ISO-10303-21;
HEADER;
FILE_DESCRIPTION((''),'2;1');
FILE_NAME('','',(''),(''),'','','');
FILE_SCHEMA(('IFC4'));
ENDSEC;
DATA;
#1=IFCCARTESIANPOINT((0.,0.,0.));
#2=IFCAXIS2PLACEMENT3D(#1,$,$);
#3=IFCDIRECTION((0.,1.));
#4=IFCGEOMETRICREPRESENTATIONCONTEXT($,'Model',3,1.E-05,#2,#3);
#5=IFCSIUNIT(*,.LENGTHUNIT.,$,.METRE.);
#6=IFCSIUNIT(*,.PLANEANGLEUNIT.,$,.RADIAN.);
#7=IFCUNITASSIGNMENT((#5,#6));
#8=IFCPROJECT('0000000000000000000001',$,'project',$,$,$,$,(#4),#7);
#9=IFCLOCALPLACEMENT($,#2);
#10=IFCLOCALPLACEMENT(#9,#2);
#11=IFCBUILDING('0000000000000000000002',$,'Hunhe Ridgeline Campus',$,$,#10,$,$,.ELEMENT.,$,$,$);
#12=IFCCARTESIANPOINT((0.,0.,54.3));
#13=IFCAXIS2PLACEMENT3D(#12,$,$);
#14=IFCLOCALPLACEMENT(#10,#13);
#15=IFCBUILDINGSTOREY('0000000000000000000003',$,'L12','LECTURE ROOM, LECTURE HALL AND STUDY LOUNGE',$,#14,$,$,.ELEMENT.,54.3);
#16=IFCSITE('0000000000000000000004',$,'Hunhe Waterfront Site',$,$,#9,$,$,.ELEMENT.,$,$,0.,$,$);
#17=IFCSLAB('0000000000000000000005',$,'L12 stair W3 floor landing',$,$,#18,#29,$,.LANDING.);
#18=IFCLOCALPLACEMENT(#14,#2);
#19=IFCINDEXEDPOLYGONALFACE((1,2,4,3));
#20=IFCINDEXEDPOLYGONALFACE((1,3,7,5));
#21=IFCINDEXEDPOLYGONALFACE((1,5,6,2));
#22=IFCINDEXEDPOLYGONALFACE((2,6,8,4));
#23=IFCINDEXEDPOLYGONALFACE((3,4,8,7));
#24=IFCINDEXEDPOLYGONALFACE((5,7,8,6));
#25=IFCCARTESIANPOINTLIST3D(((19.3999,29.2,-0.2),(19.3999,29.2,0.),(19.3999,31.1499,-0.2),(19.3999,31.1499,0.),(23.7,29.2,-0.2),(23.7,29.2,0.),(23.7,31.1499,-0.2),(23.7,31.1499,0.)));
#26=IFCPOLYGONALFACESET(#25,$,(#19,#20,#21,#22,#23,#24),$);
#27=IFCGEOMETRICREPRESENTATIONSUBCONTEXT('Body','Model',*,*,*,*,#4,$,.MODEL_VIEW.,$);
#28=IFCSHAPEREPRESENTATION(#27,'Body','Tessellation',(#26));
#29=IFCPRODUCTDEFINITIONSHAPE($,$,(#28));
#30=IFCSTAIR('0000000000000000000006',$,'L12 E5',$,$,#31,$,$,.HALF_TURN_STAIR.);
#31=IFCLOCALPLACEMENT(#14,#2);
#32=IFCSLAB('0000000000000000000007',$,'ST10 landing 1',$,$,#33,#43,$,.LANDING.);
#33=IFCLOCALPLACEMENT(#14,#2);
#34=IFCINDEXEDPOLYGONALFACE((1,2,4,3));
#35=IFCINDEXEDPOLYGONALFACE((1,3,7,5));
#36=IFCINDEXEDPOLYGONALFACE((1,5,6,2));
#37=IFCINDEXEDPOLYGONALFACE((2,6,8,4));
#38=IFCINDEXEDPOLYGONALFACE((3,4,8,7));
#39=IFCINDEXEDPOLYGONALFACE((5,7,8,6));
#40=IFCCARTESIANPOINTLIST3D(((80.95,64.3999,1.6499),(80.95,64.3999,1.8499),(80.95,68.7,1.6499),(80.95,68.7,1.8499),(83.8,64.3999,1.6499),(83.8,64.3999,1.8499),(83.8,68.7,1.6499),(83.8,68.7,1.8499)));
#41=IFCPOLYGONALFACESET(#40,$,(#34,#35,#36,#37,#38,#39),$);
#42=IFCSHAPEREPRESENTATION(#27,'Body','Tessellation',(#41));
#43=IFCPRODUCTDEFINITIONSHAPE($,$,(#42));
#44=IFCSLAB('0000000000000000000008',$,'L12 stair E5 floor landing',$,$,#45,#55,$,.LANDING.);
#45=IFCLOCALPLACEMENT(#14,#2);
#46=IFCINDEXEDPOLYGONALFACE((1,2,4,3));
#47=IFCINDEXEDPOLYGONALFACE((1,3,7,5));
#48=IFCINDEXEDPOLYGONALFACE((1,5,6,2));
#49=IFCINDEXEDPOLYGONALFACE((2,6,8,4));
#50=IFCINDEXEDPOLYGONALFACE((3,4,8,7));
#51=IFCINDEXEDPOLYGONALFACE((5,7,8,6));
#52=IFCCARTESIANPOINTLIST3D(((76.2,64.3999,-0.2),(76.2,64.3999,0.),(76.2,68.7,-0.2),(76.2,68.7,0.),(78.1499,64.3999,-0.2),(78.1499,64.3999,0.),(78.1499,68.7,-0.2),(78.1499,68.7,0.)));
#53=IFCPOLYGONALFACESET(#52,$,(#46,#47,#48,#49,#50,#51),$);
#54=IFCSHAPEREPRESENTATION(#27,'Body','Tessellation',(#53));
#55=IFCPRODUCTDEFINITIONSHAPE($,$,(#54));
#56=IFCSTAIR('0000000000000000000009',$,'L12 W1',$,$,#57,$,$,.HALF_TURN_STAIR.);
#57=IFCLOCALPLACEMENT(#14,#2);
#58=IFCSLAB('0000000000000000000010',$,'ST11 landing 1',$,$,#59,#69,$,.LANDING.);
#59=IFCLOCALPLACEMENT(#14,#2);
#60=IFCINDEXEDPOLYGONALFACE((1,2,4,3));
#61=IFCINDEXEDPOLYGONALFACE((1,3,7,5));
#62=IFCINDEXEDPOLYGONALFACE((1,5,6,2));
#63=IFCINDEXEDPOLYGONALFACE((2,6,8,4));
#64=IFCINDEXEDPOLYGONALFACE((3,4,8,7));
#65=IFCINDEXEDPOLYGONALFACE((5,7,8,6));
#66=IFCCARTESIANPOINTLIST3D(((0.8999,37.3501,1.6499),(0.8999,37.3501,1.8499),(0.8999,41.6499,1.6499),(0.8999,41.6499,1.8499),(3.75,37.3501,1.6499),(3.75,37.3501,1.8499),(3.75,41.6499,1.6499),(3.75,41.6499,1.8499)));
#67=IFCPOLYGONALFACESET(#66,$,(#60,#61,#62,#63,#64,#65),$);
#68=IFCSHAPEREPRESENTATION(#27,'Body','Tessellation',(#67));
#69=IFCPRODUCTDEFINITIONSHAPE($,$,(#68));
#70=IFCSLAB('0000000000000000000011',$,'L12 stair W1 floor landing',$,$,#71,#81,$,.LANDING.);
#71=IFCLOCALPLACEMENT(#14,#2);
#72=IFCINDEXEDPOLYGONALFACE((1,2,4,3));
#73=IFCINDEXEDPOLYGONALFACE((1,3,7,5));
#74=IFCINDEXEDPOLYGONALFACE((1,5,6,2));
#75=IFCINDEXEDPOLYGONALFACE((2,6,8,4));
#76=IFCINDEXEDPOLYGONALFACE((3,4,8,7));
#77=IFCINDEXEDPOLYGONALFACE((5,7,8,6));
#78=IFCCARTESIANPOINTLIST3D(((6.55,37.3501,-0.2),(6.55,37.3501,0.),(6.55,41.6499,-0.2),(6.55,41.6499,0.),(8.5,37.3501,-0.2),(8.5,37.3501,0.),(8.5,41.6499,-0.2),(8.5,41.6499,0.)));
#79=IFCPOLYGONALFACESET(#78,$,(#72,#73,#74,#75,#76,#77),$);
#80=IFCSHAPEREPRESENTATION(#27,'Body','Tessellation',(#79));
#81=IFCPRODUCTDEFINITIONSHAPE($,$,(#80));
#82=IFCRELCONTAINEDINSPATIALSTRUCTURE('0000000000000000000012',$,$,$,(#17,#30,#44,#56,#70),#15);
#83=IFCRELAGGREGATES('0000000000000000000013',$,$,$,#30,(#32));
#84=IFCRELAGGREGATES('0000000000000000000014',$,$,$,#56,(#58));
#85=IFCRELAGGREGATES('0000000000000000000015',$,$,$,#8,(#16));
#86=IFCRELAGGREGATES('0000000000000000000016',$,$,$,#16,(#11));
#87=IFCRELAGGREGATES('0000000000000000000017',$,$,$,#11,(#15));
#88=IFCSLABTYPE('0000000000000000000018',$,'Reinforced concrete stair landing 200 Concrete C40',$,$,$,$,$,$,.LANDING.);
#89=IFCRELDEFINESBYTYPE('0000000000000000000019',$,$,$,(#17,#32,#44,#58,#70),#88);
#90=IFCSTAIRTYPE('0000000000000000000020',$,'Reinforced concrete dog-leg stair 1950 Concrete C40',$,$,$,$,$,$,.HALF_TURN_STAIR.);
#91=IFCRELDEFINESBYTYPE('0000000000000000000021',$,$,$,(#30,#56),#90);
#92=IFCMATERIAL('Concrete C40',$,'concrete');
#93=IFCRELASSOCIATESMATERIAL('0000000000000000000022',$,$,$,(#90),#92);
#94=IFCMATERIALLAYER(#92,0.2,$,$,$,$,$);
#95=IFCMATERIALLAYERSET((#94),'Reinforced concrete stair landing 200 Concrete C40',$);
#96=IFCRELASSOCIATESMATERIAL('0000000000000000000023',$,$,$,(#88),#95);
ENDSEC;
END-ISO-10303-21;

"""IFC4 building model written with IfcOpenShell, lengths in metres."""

from ifc_helpers import new_model, si_unit, direction, frame, origin, place, context, subcontext, project, spatial, polyline, outline, extrude, material, layer, layer_set, type_object, element, aggregate, save


model = new_model("IFC4")

# Units and contexts
model_context = context("Model", 3, precision=1e-05, world=origin(), true_north=direction((0.0, 1.0)))
body_context = subcontext(model_context, "Body", "Model", "MODEL_VIEW")
ifc_project = project(units=[si_unit("LENGTHUNIT", "METRE"), si_unit("PLANEANGLEUNIT", "RADIAN")], contexts=[model_context])

# Site, building, storey
site_placement = place(None, origin())
site = spatial("IfcSite", under=ifc_project, at=site_placement, Name="Hunhe Waterfront Site", CompositionType="ELEMENT", RefElevation=0.0)
building_placement = place(site_placement, origin())
building = spatial("IfcBuilding", under=site, at=building_placement, Name="Hunhe Ridgeline Campus", CompositionType="ELEMENT")
storey_placement = place(building_placement, frame((0.0, 0.0, 54.3)))
storey = spatial("IfcBuildingStorey", under=building, at=storey_placement, Name="L12", Description="LECTURE ROOM, LECTURE HALL AND STUDY LOUNGE", CompositionType="ELEMENT", Elevation=54.3)

# Shared definitions
ifc_material_1 = material(Name="Concrete C40", Category="concrete")

# Shared definitions
stair_type = type_object("IfcStairType", Name="Reinforced concrete dog-leg stair 1950 Concrete C40", PredefinedType="HALF_TURN_STAIR", material=ifc_material_1)
ifc_layer_1 = layer(ifc_material_1, 0.2)
ifc_layer_set_1 = layer_set([ifc_layer_1], Name="Reinforced concrete stair landing 200 Concrete C40")
slab_type_1 = type_object("IfcSlabType", Name="Reinforced concrete stair landing 200 Concrete C40", PredefinedType="LANDING", material=ifc_layer_set_1)

# Slab
slab_1_placement = place(storey_placement, frame((0.0, 0.0, -0.2)))
element("IfcSlab", 1, at=slab_1_placement, inside=storey, type_object=slab_type_1, Name="L12 stair W3 floor landing", PredefinedType="LANDING", context=body_context, shape_type="SweptSolid", body=[
    extrude(outline(polyline([(23.7, 29.2), (23.7, 31.1499), (19.3999, 31.1499), (19.3999, 29.2), (23.7, 29.2)])), origin(), (0.0, 0.0, 1.0), 0.2),
])

# Stair, slab
stair_1_placement = place(storey_placement, origin())
stair_1 = element("IfcStair", 2, at=stair_1_placement, inside=storey, type_object=stair_type, Name="L12 E5", PredefinedType="HALF_TURN_STAIR")
slab_2_placement = place(storey_placement, frame((0.0, 0.0, 1.6499)))
slab_2 = element("IfcSlab", 3, at=slab_2_placement, type_object=slab_type_1, Name="ST10 landing 1", PredefinedType="LANDING", context=body_context, shape_type="SweptSolid", body=[
    extrude(outline(polyline([(80.95, 64.3999), (83.8, 64.3999), (83.8, 68.7), (80.95, 68.7), (80.95, 64.3999)])), origin(), (0.0, 0.0, 1.0), 0.2),
])
aggregate(stair_1, [slab_2])

# Slab
slab_3_placement = place(storey_placement, frame((0.0, 0.0, -0.2)))
element("IfcSlab", 4, at=slab_3_placement, inside=storey, type_object=slab_type_1, Name="L12 stair E5 floor landing", PredefinedType="LANDING", context=body_context, shape_type="SweptSolid", body=[
    extrude(outline(polyline([(76.2, 64.3999), (78.1499, 64.3999), (78.1499, 68.7), (76.2, 68.7), (76.2, 64.3999)])), origin(), (0.0, 0.0, 1.0), 0.2),
])

# Stair, slab
stair_2_placement = place(storey_placement, origin())
stair_2 = element("IfcStair", 5, at=stair_2_placement, inside=storey, type_object=stair_type, Name="L12 W1", PredefinedType="HALF_TURN_STAIR")
slab_4_placement = place(storey_placement, frame((0.0, 0.0, 1.6499)))
slab_4 = element("IfcSlab", 6, at=slab_4_placement, type_object=slab_type_1, Name="ST11 landing 1", PredefinedType="LANDING", context=body_context, shape_type="SweptSolid", body=[
    extrude(outline(polyline([(3.75, 41.6499), (0.8999, 41.6499), (0.8999, 37.3501), (3.75, 37.3501), (3.75, 41.6499)])), origin(), (0.0, 0.0, 1.0), 0.2),
])
aggregate(stair_2, [slab_4])

# Slab
slab_5_placement = place(storey_placement, frame((0.0, 0.0, -0.2)))
element("IfcSlab", 7, at=slab_5_placement, inside=storey, type_object=slab_type_1, Name="L12 stair W1 floor landing", PredefinedType="LANDING", context=body_context, shape_type="SweptSolid", body=[
    extrude(outline(polyline([(8.5, 41.6499), (6.55, 41.6499), (6.55, 37.3501), (8.5, 37.3501), (8.5, 41.6499)])), origin(), (0.0, 0.0, 1.0), 0.2),
])

save(model, "model.ifc")
